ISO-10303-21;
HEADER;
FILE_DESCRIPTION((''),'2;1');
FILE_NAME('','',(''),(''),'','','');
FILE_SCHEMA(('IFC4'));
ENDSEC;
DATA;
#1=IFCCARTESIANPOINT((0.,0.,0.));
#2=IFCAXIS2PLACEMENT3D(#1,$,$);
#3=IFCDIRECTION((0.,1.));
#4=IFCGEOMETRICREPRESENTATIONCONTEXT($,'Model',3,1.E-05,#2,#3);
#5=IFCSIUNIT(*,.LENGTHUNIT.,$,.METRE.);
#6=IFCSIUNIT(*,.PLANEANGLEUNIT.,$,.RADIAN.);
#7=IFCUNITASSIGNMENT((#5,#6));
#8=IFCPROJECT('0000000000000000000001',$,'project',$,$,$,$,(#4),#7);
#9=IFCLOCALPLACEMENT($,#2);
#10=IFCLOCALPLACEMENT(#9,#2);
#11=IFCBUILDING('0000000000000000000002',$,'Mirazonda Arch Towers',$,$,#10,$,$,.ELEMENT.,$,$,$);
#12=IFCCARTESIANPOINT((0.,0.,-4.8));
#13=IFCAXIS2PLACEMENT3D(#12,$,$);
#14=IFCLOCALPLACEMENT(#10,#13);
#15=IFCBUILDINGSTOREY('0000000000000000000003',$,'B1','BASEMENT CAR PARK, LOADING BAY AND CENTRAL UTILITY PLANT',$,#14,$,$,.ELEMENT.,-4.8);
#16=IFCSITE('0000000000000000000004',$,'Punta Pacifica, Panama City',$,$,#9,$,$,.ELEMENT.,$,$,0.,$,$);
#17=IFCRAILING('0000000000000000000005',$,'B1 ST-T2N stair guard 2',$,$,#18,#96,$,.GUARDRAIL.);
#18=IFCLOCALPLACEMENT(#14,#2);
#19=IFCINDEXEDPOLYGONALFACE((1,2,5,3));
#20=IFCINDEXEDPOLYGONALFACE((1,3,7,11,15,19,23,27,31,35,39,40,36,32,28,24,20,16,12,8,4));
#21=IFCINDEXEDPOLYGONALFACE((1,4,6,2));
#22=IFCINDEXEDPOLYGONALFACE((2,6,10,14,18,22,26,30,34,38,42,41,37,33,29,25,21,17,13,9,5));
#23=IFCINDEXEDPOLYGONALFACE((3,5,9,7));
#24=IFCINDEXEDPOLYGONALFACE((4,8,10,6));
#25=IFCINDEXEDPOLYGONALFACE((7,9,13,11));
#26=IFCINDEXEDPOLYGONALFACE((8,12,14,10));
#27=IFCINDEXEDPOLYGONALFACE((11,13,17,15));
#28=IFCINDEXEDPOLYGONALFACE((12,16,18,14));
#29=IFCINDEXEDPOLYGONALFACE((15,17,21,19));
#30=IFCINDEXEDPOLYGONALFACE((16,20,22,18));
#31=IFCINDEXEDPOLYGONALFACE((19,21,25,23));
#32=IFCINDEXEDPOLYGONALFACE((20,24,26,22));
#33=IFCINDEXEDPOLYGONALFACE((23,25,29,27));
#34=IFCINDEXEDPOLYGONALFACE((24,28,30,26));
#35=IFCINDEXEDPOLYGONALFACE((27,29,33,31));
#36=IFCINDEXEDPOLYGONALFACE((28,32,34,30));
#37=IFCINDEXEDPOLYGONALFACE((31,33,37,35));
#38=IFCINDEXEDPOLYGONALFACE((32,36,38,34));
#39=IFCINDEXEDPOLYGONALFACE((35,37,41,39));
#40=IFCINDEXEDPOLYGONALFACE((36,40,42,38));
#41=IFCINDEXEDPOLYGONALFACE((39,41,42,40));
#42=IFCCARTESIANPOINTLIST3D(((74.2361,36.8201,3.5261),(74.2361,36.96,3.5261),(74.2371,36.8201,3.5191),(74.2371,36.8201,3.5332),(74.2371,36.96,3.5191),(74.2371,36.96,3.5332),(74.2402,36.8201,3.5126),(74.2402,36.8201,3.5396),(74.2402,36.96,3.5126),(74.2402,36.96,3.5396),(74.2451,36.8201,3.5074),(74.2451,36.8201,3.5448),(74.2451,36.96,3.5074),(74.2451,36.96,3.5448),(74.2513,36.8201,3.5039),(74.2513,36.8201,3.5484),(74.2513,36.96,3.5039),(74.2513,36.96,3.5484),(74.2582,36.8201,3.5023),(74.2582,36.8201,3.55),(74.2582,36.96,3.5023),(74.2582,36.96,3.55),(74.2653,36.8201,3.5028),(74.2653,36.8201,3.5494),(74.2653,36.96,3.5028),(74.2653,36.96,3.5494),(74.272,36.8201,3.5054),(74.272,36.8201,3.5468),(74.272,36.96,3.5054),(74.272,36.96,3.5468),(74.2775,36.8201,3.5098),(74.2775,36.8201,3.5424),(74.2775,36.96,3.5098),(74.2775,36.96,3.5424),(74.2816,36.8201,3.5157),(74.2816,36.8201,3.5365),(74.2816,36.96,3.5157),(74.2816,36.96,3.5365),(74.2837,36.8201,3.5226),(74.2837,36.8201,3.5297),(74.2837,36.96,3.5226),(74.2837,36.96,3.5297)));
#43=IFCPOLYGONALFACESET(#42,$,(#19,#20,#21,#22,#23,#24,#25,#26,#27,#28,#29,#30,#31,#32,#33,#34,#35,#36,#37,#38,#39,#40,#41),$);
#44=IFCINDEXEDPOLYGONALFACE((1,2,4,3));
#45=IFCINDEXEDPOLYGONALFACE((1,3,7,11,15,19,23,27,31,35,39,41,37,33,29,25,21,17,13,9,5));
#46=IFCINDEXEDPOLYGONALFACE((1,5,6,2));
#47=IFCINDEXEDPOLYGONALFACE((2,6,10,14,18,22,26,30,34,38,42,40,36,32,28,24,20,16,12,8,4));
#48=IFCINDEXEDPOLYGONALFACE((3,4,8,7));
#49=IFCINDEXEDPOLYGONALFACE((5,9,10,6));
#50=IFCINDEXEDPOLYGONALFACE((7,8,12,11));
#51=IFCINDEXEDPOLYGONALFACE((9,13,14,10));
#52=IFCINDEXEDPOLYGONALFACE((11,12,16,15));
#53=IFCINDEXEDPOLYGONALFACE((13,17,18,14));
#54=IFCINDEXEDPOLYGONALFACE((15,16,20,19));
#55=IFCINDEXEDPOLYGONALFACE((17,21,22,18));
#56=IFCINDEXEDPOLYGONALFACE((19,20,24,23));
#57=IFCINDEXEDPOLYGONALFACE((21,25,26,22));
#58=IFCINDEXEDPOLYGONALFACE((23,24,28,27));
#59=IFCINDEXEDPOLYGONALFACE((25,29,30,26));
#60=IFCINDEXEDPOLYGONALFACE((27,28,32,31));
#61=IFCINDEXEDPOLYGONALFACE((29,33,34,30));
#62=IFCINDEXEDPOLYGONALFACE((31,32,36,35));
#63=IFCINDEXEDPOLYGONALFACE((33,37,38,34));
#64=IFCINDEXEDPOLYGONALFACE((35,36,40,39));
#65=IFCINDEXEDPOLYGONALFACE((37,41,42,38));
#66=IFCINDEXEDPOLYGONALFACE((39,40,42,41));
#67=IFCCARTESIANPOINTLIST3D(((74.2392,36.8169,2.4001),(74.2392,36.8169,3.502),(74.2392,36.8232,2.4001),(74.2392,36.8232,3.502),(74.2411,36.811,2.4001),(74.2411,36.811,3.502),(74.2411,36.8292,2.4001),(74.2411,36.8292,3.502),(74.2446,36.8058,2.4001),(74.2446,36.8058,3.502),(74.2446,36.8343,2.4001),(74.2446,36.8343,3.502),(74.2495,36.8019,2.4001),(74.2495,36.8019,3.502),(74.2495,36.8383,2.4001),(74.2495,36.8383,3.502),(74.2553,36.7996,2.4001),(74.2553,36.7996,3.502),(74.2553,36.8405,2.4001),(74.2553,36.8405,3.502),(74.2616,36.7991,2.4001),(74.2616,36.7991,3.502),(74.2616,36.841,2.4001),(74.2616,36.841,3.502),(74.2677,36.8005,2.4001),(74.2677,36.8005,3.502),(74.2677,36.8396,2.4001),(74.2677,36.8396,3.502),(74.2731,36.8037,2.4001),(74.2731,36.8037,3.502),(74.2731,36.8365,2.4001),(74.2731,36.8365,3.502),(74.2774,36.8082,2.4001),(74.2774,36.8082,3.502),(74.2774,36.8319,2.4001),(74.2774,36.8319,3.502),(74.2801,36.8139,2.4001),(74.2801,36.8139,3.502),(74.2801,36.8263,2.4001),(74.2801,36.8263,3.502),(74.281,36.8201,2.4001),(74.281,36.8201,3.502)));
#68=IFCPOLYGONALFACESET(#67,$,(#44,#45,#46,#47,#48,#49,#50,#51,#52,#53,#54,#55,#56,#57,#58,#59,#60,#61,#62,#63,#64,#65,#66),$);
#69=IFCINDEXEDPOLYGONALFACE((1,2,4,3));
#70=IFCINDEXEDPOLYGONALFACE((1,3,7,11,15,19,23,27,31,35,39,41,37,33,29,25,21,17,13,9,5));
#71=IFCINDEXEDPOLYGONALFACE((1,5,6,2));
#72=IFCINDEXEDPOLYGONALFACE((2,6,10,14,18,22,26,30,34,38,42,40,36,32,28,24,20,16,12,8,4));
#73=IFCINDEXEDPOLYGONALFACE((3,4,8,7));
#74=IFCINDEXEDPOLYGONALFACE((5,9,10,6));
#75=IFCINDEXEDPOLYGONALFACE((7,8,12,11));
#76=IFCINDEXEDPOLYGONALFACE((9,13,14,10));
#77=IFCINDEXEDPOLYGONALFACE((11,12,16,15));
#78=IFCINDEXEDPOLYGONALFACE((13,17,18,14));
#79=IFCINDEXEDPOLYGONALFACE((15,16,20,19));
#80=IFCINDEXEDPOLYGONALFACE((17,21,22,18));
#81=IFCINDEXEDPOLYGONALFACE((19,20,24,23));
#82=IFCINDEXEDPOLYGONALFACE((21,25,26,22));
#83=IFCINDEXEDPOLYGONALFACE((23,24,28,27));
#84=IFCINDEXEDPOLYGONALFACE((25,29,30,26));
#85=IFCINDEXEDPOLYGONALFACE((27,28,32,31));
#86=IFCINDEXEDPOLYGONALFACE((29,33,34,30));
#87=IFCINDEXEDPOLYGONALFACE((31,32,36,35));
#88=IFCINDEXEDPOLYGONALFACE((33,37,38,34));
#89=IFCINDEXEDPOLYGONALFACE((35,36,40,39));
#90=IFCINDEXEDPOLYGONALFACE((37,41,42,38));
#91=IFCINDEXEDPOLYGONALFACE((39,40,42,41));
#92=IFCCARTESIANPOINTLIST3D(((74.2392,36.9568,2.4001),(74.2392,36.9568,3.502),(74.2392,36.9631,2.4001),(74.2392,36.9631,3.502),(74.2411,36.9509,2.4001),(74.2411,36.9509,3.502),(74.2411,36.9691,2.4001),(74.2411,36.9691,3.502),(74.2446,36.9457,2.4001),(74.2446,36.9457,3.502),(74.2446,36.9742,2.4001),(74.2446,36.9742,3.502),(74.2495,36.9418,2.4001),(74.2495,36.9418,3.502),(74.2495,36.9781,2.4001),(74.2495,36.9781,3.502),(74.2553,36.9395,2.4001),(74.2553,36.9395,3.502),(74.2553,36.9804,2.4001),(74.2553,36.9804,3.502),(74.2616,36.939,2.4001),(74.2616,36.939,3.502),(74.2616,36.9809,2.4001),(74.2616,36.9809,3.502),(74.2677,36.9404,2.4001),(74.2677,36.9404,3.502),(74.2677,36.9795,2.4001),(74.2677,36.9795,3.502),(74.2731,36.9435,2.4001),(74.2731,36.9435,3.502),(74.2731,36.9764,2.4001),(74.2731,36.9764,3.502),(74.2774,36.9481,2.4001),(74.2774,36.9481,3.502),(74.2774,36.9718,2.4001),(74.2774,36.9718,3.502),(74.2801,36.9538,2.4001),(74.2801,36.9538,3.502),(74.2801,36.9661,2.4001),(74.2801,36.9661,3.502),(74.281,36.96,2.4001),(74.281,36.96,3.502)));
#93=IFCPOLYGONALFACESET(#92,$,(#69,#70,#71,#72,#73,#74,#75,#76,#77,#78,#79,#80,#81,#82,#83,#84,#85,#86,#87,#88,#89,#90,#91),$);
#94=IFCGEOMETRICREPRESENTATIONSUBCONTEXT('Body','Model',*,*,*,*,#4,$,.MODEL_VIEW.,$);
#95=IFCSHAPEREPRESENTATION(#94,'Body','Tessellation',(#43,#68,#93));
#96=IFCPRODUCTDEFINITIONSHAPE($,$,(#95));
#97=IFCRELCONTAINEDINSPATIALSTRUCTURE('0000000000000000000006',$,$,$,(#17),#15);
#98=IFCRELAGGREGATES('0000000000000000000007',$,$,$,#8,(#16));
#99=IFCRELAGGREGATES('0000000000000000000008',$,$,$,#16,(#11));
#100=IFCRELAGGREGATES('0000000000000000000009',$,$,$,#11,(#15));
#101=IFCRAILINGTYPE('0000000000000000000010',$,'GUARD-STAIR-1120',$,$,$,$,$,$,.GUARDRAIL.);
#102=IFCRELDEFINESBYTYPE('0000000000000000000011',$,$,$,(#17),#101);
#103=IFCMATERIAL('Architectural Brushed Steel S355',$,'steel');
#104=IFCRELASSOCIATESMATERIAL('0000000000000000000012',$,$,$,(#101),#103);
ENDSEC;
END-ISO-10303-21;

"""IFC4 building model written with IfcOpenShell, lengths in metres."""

from ifc_helpers import new_model, si_unit, direction, frame, origin, origin_2d, place, context, subcontext, project, spatial, circle, extrude, material, type_object, element, save


model = new_model("IFC4")

# Units and contexts
model_context = context("Model", 3, precision=1e-05, world=origin(), true_north=direction((0.0, 1.0)))
body_context = subcontext(model_context, "Body", "Model", "MODEL_VIEW")
ifc_project = project(units=[si_unit("LENGTHUNIT", "METRE"), si_unit("PLANEANGLEUNIT", "RADIAN")], contexts=[model_context])

# Site, building, storey
site_placement = place(None, origin())
site = spatial("IfcSite", under=ifc_project, at=site_placement, Name="Punta Pacifica, Panama City", CompositionType="ELEMENT", RefElevation=0.0)
building_placement = place(site_placement, origin())
building = spatial("IfcBuilding", under=site, at=building_placement, Name="Mirazonda Arch Towers", CompositionType="ELEMENT")
storey_placement = place(building_placement, frame((0.0, 0.0, -4.8)))
storey = spatial("IfcBuildingStorey", under=building, at=storey_placement, Name="B1", Description="BASEMENT CAR PARK, LOADING BAY AND CENTRAL UTILITY PLANT", CompositionType="ELEMENT", Elevation=-4.8)

# Shared definitions
ifc_material_1 = material(Name="Architectural Brushed Steel S355", Category="steel")

# Railing
railing_type_1 = type_object("IfcRailingType", Name="GUARD-STAIR-1120", PredefinedType="GUARDRAIL", material=ifc_material_1)
railing_1_placement = place(storey_placement, frame((74.26, 36.8201, 2.4001)))
element("IfcRailing", 1, at=railing_1_placement, inside=storey, type_object=railing_type_1, Name="B1 ST-T2N stair guard 2", PredefinedType="GUARDRAIL", context=body_context, shape_type="SweptSolid", body=[
    extrude(circle(Radius=0.0239, at=origin_2d()), frame((0.0, 0.0, 1.126), z_axis=(0.0, 1.0, 0.0), x_axis=(-1.0, 0.0, 0.0)), (0.0, 0.0, 1.0), 0.1399),
    extrude(circle(Radius=0.021, at=origin_2d()), origin(), (0.0, 0.0, 1.0), 1.1018),
    extrude(circle(Radius=0.021, at=origin_2d()), frame((0.0, 0.1399, 0.0)), (0.0, 0.0, 1.0), 1.1018),
])

save(model, "model.ifc")
